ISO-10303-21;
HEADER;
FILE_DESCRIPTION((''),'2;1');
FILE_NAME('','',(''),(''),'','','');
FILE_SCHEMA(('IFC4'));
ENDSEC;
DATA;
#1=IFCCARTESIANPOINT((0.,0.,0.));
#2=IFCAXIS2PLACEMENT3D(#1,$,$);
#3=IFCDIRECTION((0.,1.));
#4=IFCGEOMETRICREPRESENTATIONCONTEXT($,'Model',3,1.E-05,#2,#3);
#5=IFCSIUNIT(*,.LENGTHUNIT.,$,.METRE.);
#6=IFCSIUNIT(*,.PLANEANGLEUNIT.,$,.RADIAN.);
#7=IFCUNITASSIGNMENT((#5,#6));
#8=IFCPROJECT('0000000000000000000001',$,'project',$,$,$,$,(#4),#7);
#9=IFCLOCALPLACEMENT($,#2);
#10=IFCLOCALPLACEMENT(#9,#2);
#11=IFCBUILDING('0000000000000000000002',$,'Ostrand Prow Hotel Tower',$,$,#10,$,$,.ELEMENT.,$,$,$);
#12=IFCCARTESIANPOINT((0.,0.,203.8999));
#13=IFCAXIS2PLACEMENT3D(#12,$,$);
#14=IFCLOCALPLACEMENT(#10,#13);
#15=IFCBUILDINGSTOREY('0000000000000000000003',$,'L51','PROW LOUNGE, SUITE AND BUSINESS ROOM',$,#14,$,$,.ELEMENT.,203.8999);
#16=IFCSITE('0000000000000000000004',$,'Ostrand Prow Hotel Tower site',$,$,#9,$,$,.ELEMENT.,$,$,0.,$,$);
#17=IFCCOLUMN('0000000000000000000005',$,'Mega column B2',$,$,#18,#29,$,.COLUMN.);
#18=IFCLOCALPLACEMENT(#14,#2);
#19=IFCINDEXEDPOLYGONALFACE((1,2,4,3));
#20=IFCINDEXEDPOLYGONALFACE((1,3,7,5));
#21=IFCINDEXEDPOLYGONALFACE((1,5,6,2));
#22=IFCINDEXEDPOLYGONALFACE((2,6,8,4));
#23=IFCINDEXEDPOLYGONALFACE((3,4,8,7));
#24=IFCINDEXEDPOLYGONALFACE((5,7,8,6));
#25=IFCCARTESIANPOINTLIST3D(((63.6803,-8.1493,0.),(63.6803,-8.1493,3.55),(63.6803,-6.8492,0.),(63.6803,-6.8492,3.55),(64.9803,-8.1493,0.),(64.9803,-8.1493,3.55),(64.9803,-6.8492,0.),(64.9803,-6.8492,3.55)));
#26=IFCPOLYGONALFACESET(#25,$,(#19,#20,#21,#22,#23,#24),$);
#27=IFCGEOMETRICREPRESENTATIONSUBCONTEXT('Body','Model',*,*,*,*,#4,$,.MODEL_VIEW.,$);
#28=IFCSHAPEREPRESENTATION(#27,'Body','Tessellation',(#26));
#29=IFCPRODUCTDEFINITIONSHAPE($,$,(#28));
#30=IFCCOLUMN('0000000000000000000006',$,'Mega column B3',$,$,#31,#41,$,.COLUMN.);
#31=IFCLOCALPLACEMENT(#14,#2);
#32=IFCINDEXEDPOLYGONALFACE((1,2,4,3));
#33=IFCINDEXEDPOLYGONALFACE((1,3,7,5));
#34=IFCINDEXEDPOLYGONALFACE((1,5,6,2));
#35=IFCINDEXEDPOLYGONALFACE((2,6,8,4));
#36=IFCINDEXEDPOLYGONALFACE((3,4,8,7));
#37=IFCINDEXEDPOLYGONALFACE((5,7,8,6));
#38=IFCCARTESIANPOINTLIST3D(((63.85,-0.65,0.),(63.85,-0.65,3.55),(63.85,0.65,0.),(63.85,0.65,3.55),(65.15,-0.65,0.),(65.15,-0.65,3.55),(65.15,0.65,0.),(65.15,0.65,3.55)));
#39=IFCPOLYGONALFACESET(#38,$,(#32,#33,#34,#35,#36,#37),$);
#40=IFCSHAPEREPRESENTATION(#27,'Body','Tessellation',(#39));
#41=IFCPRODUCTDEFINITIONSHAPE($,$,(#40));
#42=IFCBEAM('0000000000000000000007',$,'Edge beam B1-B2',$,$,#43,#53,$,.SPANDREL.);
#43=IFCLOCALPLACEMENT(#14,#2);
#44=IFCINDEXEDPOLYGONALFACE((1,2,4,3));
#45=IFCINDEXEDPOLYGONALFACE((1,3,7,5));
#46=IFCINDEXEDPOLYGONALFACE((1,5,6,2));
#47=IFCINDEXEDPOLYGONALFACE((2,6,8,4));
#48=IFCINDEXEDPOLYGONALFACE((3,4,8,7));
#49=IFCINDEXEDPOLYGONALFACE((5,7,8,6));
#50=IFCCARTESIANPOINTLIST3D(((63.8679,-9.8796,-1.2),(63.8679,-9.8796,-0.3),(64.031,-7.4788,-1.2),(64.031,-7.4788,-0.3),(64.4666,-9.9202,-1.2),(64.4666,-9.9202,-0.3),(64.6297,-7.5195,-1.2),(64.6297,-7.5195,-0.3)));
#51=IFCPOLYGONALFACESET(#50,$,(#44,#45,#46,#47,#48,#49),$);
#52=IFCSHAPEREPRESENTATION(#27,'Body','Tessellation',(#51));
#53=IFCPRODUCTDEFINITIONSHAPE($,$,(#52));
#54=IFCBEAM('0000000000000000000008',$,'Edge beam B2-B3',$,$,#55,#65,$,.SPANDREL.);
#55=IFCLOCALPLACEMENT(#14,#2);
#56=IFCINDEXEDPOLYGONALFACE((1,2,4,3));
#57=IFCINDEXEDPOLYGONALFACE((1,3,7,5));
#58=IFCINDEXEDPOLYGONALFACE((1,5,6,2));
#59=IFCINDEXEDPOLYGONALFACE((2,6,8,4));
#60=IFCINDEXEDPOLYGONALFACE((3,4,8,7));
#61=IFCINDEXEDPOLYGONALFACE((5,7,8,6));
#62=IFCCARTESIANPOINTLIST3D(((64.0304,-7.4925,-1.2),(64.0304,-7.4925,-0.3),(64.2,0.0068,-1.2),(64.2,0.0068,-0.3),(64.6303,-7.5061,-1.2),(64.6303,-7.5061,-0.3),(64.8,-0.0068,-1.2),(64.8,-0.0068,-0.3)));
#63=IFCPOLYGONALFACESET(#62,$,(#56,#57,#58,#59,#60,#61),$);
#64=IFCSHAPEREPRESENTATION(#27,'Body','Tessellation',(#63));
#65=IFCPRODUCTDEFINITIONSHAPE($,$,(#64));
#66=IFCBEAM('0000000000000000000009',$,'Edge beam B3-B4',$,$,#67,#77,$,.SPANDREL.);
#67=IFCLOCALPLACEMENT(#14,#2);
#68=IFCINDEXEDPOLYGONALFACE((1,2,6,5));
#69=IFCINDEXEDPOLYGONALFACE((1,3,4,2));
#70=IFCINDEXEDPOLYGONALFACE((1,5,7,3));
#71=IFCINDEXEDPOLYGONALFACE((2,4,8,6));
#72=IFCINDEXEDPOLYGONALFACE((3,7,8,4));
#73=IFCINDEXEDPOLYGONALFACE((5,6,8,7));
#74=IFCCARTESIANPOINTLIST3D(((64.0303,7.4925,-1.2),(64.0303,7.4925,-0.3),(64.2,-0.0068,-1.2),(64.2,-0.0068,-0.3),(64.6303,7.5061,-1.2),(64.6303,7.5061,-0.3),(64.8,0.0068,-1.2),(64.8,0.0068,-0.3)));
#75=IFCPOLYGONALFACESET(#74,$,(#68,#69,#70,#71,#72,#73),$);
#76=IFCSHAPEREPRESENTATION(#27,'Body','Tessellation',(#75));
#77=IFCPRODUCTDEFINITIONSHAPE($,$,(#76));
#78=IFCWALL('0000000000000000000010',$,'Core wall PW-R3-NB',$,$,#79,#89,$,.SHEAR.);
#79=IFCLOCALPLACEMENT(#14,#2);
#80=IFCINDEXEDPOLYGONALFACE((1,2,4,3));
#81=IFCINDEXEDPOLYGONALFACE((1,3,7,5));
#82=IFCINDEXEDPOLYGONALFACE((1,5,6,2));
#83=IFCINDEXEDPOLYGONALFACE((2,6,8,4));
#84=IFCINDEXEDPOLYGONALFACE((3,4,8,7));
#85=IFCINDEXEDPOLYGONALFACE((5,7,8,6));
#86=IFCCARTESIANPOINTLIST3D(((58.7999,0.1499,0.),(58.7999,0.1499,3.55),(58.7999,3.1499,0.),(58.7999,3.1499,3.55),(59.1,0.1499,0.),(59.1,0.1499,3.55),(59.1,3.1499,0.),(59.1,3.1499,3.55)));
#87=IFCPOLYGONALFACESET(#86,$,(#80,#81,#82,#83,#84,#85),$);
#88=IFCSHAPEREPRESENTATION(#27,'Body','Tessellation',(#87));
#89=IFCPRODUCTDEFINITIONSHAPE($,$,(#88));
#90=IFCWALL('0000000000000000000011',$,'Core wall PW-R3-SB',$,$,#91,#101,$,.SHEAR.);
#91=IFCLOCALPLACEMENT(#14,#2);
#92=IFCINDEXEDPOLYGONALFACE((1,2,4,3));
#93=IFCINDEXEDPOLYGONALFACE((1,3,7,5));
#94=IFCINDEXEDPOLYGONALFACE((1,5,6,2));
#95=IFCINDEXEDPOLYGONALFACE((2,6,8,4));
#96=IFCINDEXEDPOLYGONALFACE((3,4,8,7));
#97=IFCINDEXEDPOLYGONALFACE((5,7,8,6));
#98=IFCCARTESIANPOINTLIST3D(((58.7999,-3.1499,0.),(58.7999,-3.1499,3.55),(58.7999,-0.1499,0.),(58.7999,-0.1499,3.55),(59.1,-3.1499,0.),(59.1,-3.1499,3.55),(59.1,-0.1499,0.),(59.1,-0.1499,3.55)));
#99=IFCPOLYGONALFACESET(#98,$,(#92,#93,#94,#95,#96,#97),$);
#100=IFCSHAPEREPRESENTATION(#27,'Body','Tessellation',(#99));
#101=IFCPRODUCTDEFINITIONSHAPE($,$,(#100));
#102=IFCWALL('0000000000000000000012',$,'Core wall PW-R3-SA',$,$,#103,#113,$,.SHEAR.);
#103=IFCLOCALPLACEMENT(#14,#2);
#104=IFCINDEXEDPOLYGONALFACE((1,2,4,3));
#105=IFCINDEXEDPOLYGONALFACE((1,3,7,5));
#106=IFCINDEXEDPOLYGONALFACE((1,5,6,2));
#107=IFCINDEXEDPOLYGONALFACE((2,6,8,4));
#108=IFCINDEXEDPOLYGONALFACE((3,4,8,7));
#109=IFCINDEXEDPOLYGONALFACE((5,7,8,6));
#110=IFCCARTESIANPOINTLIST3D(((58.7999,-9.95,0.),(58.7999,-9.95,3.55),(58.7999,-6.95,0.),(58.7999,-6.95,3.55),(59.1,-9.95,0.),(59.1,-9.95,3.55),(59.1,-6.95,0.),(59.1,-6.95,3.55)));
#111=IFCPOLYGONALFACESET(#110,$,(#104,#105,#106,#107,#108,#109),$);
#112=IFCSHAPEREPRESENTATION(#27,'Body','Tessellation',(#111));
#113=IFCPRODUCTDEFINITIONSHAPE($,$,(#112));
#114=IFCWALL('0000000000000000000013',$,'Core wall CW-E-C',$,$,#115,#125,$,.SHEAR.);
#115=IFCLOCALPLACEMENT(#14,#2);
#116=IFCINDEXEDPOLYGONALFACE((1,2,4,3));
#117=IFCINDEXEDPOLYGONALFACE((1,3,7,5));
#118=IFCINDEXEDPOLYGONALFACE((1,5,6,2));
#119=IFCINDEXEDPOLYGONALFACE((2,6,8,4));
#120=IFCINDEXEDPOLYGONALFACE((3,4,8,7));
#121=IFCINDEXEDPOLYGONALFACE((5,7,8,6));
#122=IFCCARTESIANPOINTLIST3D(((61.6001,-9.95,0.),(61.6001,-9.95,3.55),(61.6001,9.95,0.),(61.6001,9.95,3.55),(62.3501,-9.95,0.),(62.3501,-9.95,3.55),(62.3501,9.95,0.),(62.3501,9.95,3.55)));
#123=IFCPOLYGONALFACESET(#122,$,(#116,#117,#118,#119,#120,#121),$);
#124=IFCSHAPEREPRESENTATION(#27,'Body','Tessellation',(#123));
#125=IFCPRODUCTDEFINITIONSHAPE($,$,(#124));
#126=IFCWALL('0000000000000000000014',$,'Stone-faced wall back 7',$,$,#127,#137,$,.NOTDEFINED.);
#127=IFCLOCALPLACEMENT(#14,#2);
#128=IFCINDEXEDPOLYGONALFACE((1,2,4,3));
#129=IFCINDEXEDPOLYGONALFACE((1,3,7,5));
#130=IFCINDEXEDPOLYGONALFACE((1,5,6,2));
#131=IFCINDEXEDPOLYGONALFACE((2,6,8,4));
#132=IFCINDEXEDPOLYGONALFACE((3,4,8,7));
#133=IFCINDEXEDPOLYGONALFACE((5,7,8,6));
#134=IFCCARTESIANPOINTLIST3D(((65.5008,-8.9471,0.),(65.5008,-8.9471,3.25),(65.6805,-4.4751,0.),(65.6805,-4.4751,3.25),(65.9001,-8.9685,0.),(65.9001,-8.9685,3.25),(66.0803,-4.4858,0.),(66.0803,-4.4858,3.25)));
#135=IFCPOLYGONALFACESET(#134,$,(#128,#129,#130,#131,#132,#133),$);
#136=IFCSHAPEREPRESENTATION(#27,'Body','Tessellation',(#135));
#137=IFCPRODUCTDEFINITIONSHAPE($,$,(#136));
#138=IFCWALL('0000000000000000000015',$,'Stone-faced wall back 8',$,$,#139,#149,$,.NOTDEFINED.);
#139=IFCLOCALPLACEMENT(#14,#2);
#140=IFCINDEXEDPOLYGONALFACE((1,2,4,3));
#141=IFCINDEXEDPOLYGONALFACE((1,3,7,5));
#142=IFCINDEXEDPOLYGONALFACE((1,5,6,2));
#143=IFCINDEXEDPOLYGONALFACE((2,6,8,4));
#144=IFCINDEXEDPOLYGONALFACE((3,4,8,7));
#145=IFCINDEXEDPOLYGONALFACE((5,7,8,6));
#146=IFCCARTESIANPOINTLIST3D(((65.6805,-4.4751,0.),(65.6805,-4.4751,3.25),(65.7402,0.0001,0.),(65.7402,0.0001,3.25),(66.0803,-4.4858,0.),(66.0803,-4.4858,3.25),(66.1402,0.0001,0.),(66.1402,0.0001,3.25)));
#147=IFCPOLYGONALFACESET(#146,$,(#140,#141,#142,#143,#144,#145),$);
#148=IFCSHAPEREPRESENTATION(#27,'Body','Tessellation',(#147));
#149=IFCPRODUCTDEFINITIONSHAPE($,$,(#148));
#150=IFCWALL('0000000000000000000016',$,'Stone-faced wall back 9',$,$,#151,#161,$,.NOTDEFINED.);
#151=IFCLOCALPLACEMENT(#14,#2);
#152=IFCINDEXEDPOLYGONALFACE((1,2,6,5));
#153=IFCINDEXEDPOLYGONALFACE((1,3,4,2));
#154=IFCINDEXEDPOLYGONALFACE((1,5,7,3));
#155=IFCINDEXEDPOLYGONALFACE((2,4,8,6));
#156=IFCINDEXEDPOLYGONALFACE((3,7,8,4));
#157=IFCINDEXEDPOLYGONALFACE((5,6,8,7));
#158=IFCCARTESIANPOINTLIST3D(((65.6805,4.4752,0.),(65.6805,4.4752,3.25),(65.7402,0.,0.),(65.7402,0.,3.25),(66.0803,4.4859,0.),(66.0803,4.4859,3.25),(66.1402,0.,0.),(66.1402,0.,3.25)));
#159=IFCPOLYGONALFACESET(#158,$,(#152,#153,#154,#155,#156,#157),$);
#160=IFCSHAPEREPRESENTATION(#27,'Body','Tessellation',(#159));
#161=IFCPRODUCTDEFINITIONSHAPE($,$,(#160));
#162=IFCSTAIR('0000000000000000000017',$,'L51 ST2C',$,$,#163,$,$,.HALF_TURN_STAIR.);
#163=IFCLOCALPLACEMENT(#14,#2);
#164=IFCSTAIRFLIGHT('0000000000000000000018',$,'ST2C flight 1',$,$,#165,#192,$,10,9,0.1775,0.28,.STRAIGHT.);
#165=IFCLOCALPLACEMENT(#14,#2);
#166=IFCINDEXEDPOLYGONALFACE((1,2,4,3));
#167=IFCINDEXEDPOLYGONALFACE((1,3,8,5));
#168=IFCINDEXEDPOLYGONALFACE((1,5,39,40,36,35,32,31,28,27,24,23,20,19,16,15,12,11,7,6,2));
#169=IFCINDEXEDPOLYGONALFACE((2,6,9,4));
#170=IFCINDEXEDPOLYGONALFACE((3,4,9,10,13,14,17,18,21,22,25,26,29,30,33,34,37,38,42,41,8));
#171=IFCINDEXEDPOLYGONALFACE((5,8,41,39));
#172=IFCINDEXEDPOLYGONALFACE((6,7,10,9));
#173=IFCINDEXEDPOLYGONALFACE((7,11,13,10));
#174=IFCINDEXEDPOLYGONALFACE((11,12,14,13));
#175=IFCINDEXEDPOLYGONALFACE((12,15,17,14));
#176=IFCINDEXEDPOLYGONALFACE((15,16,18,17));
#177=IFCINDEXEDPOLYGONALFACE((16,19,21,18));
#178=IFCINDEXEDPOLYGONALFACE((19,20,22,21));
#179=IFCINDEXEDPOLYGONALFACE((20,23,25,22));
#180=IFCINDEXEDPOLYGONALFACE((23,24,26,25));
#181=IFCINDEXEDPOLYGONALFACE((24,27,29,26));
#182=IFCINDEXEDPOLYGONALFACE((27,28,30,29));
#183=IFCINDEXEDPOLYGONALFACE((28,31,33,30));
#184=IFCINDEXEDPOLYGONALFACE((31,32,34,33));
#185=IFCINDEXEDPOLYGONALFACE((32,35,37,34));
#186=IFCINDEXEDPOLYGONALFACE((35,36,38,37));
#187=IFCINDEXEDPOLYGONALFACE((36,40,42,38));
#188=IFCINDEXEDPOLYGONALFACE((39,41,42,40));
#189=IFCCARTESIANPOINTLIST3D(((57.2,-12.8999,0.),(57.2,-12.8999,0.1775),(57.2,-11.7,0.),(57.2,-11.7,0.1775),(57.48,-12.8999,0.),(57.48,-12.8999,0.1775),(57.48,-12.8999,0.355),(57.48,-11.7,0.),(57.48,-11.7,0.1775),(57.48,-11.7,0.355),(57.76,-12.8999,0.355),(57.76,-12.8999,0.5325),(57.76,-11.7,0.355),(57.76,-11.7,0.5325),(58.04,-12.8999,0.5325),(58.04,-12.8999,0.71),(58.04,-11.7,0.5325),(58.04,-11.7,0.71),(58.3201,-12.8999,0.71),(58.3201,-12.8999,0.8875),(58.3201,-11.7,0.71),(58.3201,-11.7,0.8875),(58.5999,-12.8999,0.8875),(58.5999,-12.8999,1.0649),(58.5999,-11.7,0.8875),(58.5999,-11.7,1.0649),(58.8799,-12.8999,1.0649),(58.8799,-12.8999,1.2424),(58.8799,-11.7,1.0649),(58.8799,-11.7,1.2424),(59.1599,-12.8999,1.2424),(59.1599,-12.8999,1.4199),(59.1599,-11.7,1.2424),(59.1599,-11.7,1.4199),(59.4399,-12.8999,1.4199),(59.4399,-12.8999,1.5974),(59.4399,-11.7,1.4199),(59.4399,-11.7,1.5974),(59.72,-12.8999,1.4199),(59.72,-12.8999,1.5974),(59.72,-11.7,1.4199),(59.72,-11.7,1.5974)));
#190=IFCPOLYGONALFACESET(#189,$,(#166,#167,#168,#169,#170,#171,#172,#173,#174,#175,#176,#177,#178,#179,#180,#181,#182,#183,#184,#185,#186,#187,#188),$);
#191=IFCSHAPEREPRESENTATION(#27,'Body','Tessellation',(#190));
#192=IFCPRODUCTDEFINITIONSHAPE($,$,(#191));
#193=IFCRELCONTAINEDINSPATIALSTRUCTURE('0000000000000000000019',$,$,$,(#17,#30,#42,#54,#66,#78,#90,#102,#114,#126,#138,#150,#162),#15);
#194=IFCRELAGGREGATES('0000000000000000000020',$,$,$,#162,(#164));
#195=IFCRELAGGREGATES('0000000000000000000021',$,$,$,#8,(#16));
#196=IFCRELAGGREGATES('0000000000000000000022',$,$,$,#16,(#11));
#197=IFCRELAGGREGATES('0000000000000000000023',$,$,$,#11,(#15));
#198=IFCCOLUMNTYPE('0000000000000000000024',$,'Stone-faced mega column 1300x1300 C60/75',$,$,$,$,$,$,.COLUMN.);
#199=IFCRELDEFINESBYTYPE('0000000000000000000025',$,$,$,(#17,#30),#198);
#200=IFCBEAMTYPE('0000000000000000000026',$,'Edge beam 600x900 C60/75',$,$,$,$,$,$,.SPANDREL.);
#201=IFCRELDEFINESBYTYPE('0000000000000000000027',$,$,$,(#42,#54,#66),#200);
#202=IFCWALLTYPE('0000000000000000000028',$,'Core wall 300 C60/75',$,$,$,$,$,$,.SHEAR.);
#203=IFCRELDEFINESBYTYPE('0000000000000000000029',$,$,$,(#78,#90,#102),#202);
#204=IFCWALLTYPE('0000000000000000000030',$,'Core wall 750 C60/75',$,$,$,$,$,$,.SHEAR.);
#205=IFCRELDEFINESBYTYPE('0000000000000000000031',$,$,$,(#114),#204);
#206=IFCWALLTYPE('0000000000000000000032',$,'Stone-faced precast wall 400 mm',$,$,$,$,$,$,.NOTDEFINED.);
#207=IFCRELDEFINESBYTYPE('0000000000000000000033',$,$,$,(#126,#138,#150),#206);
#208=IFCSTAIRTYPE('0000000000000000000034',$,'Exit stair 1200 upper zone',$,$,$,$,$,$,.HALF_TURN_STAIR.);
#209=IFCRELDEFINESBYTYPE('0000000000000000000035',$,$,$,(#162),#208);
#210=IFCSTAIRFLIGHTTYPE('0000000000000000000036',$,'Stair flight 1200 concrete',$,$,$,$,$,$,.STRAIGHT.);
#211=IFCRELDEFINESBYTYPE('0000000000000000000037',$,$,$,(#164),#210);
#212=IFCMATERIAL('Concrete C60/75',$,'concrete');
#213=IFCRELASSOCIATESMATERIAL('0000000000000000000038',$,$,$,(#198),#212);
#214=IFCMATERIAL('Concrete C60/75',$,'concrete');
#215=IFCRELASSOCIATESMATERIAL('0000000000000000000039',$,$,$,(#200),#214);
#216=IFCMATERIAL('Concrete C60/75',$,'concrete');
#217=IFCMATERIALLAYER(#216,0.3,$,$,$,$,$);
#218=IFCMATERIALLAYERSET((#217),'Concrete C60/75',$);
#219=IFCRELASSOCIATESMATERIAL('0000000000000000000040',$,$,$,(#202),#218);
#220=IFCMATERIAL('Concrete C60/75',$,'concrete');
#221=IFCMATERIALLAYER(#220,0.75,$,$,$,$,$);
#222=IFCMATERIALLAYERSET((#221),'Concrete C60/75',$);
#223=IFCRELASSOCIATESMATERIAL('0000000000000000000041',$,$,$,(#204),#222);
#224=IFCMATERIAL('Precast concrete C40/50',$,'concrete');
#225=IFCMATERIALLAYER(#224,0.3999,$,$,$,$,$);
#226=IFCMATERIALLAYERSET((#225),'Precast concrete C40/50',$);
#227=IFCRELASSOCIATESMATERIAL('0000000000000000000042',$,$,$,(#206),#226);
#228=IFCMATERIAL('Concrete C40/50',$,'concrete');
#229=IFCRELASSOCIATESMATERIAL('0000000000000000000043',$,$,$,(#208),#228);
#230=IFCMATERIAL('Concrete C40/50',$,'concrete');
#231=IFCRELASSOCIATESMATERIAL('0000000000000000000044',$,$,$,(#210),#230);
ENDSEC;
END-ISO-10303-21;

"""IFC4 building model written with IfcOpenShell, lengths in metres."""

from ifc_helpers import new_model, si_unit, direction, frame, frame_2d, origin, origin_2d, place, context, subcontext, project, spatial, polyline, rectangle, outline, extrude, material, layer, layer_set, material_profile, profile_set, type_object, element, aggregate, save


model = new_model("IFC4")

# Units and contexts
model_context = context("Model", 3, precision=1e-05, world=origin(), true_north=direction((0.0, 1.0)))
body_context = subcontext(model_context, "Body", "Model", "MODEL_VIEW")
ifc_project = project(units=[si_unit("LENGTHUNIT", "METRE"), si_unit("PLANEANGLEUNIT", "RADIAN")], contexts=[model_context])

# Site, building, storey
site_placement = place(None, origin())
site = spatial("IfcSite", under=ifc_project, at=site_placement, Name="Ostrand Prow Hotel Tower site", CompositionType="ELEMENT", RefElevation=0.0)
building_placement = place(site_placement, origin())
building = spatial("IfcBuilding", under=site, at=building_placement, Name="Ostrand Prow Hotel Tower", CompositionType="ELEMENT")
storey_placement = place(building_placement, frame((0.0, 0.0, 203.8999)))
storey = spatial("IfcBuildingStorey", under=building, at=storey_placement, Name="L51", Description="PROW LOUNGE, SUITE AND BUSINESS ROOM", CompositionType="ELEMENT", Elevation=203.8999)

# Columns
ifc_material_1 = material(Name="Concrete C60/75", Category="concrete")
ifc_material_profile_1 = material_profile(ifc_material_1, rectangle(XDim=1.3, YDim=1.3, at=origin_2d()), Name="RC 1300x1300")
ifc_profile_set_1 = profile_set([ifc_material_profile_1], Name="Concrete C60/75")
column_type = type_object("IfcColumnType", Name="Stone-faced mega column 1300x1300 C60/75", PredefinedType="COLUMN", material=ifc_profile_set_1)
for number, where, z_axis, x_axis, name in (
    (1, (64.3303, -7.4993, 0.0), (0.0, 0.0, 1.0), (1.0, 0.0, 0.0), "Mega column B2"),
    (2, (64.5, 0.0, 0.0), (0.0, 0.0, 1.0), (1.0, 0.0, 0.0), "Mega column B3"),
):
    element("IfcColumn", number, at=place(storey_placement, frame(where, z_axis=z_axis, x_axis=x_axis)), inside=storey, type_object=column_type, Name=name, PredefinedType="COLUMN", context=body_context, shape_type="SweptSolid", body=[
        extrude(rectangle(XDim=1.3, YDim=1.3, at=origin_2d()), origin(), (0.0, 0.0, 1.0), 3.55),
    ])

# Beams
ifc_material_2 = material(Name="Concrete C60/75", Category="concrete")
ifc_material_profile_2 = material_profile(ifc_material_2, rectangle(XDim=0.6001, YDim=0.8999, at=origin_2d()), Name="RC 600x900")
ifc_profile_set_2 = profile_set([ifc_material_profile_2], Name="Concrete C60/75")
beam_type = type_object("IfcBeamType", Name="Edge beam 600x900 C60/75", PredefinedType="SPANDREL", material=ifc_profile_set_2)
beam_placement = place(storey_placement, frame((64.1672, -9.8999, -0.75), z_axis=(0.067778, 0.9977, 0.0), x_axis=(-0.9977, 0.067778, 0.0)))
element("IfcBeam", 3, at=beam_placement, inside=storey, type_object=beam_type, Name="Edge beam B1-B2", PredefinedType="SPANDREL", context=body_context, shape_type="SweptSolid", body=[
    extrude(rectangle(XDim=0.6001, YDim=0.8999, at=origin_2d()), origin(), (0.0, 0.0, 1.0), 2.4062),
])
for number, where, z_axis, x_axis, name in (
    (4, (64.3303, -7.4993, -0.75), (0.02262, 0.999744, 0.0), (-0.999744, 0.02262, 0.0), "Edge beam B2-B3"),
    (5, (64.5, 0.0, -0.75), (-0.02262, 0.999744, 0.0), (-0.999744, -0.02262, 0.0), "Edge beam B3-B4"),
):
    element("IfcBeam", number, at=place(storey_placement, frame(where, z_axis=z_axis, x_axis=x_axis)), inside=storey, type_object=beam_type, Name=name, PredefinedType="SPANDREL", context=body_context, shape_type="SweptSolid", body=[
        extrude(rectangle(XDim=0.6001, YDim=0.8999, at=origin_2d()), origin(), (0.0, 0.0, 1.0), 7.5012),
    ])

# Walls
ifc_material_3 = material(Name="Concrete C60/75", Category="concrete")
ifc_layer_1 = layer(ifc_material_3, 0.3)
ifc_layer_set_1 = layer_set([ifc_layer_1], Name="Concrete C60/75")
wall_type_1 = type_object("IfcWallType", Name="Core wall 300 C60/75", PredefinedType="SHEAR", material=ifc_layer_set_1)
for number, where, z_axis, x_axis, name in (
    (6, (58.95, 0.1499, 0.0), (0.0, 0.0, 1.0), (0.0, 1.0, 0.0), "Core wall PW-R3-NB"),
    (7, (58.95, -3.1499, 0.0), (0.0, 0.0, 1.0), (0.0, 1.0, 0.0), "Core wall PW-R3-SB"),
    (8, (58.95, -9.95, 0.0), (0.0, 0.0, 1.0), (0.0, 1.0, 0.0), "Core wall PW-R3-SA"),
):
    element("IfcWall", number, at=place(storey_placement, frame(where, z_axis=z_axis, x_axis=x_axis)), inside=storey, type_object=wall_type_1, Name=name, PredefinedType="SHEAR", context=body_context, shape_type="SweptSolid", body=[
        extrude(rectangle(XDim=3.0, YDim=0.3, at=frame_2d((1.5, 0.0))), origin(), (0.0, 0.0, 1.0), 3.55),
    ])
ifc_material_4 = material(Name="Concrete C60/75", Category="concrete")
ifc_layer_2 = layer(ifc_material_4, 0.75)
ifc_layer_set_2 = layer_set([ifc_layer_2], Name="Concrete C60/75")
wall_type_2 = type_object("IfcWallType", Name="Core wall 750 C60/75", PredefinedType="SHEAR", material=ifc_layer_set_2)
wall_placement = place(storey_placement, frame((61.9751, -9.95, 0.0), z_axis=(0.0, 0.0, 1.0), x_axis=(0.0, 1.0, 0.0)))
element("IfcWall", 9, at=wall_placement, inside=storey, type_object=wall_type_2, Name="Core wall CW-E-C", PredefinedType="SHEAR", context=body_context, shape_type="SweptSolid", body=[
    extrude(rectangle(XDim=19.8999, YDim=0.75, at=frame_2d((9.95, 0.0))), origin(), (0.0, 0.0, 1.0), 3.55),
])
ifc_material_5 = material(Name="Precast concrete C40/50", Category="concrete")
ifc_layer_3 = layer(ifc_material_5, 0.3999)
ifc_layer_set_3 = layer_set([ifc_layer_3], Name="Precast concrete C40/50")
wall_type_3 = type_object("IfcWallType", Name="Stone-faced precast wall 400 mm", PredefinedType="NOTDEFINED", material=ifc_layer_set_3)
for number, where, z_axis, x_axis, name in (
    (10, (65.7004, -8.9578, 0.0), (0.0, 0.0, 1.0), (0.040155, 0.999193, 0.0), "Stone-faced wall back 7"),
    (11, (65.8804, -4.4805, 0.0), (0.0, 0.0, 1.0), (0.013349, 0.999911, 0.0), "Stone-faced wall back 8"),
    (12, (65.9402, 0.0, 0.0), (0.0, 0.0, 1.0), (-0.013349, 0.999911, 0.0), "Stone-faced wall back 9"),
):
    element("IfcWall", number, at=place(storey_placement, frame(where, z_axis=z_axis, x_axis=x_axis)), inside=storey, type_object=wall_type_3, Name=name, PredefinedType="NOTDEFINED", context=body_context, shape_type="SweptSolid", body=[
        extrude(outline(polyline([(-0.0027, -0.2), (4.4836, -0.2), (4.4783, 0.2), (0.0027, 0.2), (-0.0027, -0.2)])), origin(), (0.0, 0.0, 1.0), 3.25),
    ])

# Stair, stair flight
ifc_material_6 = material(Name="Concrete C40/50", Category="concrete")
stair_type = type_object("IfcStairType", Name="Exit stair 1200 upper zone", PredefinedType="HALF_TURN_STAIR", material=ifc_material_6)
stair_placement = place(storey_placement, origin())
stair = element("IfcStair", 13, at=stair_placement, inside=storey, type_object=stair_type, Name="L51 ST2C", PredefinedType="HALF_TURN_STAIR")
ifc_material_7 = material(Name="Concrete C40/50", Category="concrete")
stair_flight_type = type_object("IfcStairFlightType", Name="Stair flight 1200 concrete", PredefinedType="STRAIGHT", material=ifc_material_7)
stair_flight_1_placement = place(storey_placement, frame((57.2, -12.3, 0.0), z_axis=(0.0, 0.0, 1.0), x_axis=(1.0, 0.0, 0.0)))
stair_flight_1 = element("IfcStairFlight", 14, at=stair_flight_1_placement, type_object=stair_flight_type, Name="ST2C flight 1", NumberOfRisers=10, NumberOfTreads=9, PredefinedType="STRAIGHT", RiserHeight=0.1775, TreadLength=0.28, context=body_context, shape_type="SweptSolid", body=[
    extrude(outline(polyline([(0.0, 0.0), (0.0, 0.1775), (0.28, 0.1775), (0.28, 0.355), (0.5601, 0.355), (0.5601, 0.5325), (0.8401, 0.5325), (0.8401, 0.71), (1.1201, 0.71), (1.1201, 0.8875), (1.3999, 0.8875), (1.3999, 1.0649), (1.6799, 1.0649), (1.6799, 1.2424), (1.96, 1.2424), (1.96, 1.4199), (2.24, 1.4199), (2.24, 1.5974), (2.52, 1.5974), (2.52, 1.7749), (2.52, 1.4199), (0.28, 0.0), (0.0, 0.0)])), frame((0.0, 0.6001, 0.0), z_axis=(0.0, -1.0, 0.0), x_axis=(1.0, 0.0, 0.0)), (0.0, 0.0, 1.0), 1.2),
])
aggregate(stair, [stair_flight_1])

save(model, "model.ifc")
